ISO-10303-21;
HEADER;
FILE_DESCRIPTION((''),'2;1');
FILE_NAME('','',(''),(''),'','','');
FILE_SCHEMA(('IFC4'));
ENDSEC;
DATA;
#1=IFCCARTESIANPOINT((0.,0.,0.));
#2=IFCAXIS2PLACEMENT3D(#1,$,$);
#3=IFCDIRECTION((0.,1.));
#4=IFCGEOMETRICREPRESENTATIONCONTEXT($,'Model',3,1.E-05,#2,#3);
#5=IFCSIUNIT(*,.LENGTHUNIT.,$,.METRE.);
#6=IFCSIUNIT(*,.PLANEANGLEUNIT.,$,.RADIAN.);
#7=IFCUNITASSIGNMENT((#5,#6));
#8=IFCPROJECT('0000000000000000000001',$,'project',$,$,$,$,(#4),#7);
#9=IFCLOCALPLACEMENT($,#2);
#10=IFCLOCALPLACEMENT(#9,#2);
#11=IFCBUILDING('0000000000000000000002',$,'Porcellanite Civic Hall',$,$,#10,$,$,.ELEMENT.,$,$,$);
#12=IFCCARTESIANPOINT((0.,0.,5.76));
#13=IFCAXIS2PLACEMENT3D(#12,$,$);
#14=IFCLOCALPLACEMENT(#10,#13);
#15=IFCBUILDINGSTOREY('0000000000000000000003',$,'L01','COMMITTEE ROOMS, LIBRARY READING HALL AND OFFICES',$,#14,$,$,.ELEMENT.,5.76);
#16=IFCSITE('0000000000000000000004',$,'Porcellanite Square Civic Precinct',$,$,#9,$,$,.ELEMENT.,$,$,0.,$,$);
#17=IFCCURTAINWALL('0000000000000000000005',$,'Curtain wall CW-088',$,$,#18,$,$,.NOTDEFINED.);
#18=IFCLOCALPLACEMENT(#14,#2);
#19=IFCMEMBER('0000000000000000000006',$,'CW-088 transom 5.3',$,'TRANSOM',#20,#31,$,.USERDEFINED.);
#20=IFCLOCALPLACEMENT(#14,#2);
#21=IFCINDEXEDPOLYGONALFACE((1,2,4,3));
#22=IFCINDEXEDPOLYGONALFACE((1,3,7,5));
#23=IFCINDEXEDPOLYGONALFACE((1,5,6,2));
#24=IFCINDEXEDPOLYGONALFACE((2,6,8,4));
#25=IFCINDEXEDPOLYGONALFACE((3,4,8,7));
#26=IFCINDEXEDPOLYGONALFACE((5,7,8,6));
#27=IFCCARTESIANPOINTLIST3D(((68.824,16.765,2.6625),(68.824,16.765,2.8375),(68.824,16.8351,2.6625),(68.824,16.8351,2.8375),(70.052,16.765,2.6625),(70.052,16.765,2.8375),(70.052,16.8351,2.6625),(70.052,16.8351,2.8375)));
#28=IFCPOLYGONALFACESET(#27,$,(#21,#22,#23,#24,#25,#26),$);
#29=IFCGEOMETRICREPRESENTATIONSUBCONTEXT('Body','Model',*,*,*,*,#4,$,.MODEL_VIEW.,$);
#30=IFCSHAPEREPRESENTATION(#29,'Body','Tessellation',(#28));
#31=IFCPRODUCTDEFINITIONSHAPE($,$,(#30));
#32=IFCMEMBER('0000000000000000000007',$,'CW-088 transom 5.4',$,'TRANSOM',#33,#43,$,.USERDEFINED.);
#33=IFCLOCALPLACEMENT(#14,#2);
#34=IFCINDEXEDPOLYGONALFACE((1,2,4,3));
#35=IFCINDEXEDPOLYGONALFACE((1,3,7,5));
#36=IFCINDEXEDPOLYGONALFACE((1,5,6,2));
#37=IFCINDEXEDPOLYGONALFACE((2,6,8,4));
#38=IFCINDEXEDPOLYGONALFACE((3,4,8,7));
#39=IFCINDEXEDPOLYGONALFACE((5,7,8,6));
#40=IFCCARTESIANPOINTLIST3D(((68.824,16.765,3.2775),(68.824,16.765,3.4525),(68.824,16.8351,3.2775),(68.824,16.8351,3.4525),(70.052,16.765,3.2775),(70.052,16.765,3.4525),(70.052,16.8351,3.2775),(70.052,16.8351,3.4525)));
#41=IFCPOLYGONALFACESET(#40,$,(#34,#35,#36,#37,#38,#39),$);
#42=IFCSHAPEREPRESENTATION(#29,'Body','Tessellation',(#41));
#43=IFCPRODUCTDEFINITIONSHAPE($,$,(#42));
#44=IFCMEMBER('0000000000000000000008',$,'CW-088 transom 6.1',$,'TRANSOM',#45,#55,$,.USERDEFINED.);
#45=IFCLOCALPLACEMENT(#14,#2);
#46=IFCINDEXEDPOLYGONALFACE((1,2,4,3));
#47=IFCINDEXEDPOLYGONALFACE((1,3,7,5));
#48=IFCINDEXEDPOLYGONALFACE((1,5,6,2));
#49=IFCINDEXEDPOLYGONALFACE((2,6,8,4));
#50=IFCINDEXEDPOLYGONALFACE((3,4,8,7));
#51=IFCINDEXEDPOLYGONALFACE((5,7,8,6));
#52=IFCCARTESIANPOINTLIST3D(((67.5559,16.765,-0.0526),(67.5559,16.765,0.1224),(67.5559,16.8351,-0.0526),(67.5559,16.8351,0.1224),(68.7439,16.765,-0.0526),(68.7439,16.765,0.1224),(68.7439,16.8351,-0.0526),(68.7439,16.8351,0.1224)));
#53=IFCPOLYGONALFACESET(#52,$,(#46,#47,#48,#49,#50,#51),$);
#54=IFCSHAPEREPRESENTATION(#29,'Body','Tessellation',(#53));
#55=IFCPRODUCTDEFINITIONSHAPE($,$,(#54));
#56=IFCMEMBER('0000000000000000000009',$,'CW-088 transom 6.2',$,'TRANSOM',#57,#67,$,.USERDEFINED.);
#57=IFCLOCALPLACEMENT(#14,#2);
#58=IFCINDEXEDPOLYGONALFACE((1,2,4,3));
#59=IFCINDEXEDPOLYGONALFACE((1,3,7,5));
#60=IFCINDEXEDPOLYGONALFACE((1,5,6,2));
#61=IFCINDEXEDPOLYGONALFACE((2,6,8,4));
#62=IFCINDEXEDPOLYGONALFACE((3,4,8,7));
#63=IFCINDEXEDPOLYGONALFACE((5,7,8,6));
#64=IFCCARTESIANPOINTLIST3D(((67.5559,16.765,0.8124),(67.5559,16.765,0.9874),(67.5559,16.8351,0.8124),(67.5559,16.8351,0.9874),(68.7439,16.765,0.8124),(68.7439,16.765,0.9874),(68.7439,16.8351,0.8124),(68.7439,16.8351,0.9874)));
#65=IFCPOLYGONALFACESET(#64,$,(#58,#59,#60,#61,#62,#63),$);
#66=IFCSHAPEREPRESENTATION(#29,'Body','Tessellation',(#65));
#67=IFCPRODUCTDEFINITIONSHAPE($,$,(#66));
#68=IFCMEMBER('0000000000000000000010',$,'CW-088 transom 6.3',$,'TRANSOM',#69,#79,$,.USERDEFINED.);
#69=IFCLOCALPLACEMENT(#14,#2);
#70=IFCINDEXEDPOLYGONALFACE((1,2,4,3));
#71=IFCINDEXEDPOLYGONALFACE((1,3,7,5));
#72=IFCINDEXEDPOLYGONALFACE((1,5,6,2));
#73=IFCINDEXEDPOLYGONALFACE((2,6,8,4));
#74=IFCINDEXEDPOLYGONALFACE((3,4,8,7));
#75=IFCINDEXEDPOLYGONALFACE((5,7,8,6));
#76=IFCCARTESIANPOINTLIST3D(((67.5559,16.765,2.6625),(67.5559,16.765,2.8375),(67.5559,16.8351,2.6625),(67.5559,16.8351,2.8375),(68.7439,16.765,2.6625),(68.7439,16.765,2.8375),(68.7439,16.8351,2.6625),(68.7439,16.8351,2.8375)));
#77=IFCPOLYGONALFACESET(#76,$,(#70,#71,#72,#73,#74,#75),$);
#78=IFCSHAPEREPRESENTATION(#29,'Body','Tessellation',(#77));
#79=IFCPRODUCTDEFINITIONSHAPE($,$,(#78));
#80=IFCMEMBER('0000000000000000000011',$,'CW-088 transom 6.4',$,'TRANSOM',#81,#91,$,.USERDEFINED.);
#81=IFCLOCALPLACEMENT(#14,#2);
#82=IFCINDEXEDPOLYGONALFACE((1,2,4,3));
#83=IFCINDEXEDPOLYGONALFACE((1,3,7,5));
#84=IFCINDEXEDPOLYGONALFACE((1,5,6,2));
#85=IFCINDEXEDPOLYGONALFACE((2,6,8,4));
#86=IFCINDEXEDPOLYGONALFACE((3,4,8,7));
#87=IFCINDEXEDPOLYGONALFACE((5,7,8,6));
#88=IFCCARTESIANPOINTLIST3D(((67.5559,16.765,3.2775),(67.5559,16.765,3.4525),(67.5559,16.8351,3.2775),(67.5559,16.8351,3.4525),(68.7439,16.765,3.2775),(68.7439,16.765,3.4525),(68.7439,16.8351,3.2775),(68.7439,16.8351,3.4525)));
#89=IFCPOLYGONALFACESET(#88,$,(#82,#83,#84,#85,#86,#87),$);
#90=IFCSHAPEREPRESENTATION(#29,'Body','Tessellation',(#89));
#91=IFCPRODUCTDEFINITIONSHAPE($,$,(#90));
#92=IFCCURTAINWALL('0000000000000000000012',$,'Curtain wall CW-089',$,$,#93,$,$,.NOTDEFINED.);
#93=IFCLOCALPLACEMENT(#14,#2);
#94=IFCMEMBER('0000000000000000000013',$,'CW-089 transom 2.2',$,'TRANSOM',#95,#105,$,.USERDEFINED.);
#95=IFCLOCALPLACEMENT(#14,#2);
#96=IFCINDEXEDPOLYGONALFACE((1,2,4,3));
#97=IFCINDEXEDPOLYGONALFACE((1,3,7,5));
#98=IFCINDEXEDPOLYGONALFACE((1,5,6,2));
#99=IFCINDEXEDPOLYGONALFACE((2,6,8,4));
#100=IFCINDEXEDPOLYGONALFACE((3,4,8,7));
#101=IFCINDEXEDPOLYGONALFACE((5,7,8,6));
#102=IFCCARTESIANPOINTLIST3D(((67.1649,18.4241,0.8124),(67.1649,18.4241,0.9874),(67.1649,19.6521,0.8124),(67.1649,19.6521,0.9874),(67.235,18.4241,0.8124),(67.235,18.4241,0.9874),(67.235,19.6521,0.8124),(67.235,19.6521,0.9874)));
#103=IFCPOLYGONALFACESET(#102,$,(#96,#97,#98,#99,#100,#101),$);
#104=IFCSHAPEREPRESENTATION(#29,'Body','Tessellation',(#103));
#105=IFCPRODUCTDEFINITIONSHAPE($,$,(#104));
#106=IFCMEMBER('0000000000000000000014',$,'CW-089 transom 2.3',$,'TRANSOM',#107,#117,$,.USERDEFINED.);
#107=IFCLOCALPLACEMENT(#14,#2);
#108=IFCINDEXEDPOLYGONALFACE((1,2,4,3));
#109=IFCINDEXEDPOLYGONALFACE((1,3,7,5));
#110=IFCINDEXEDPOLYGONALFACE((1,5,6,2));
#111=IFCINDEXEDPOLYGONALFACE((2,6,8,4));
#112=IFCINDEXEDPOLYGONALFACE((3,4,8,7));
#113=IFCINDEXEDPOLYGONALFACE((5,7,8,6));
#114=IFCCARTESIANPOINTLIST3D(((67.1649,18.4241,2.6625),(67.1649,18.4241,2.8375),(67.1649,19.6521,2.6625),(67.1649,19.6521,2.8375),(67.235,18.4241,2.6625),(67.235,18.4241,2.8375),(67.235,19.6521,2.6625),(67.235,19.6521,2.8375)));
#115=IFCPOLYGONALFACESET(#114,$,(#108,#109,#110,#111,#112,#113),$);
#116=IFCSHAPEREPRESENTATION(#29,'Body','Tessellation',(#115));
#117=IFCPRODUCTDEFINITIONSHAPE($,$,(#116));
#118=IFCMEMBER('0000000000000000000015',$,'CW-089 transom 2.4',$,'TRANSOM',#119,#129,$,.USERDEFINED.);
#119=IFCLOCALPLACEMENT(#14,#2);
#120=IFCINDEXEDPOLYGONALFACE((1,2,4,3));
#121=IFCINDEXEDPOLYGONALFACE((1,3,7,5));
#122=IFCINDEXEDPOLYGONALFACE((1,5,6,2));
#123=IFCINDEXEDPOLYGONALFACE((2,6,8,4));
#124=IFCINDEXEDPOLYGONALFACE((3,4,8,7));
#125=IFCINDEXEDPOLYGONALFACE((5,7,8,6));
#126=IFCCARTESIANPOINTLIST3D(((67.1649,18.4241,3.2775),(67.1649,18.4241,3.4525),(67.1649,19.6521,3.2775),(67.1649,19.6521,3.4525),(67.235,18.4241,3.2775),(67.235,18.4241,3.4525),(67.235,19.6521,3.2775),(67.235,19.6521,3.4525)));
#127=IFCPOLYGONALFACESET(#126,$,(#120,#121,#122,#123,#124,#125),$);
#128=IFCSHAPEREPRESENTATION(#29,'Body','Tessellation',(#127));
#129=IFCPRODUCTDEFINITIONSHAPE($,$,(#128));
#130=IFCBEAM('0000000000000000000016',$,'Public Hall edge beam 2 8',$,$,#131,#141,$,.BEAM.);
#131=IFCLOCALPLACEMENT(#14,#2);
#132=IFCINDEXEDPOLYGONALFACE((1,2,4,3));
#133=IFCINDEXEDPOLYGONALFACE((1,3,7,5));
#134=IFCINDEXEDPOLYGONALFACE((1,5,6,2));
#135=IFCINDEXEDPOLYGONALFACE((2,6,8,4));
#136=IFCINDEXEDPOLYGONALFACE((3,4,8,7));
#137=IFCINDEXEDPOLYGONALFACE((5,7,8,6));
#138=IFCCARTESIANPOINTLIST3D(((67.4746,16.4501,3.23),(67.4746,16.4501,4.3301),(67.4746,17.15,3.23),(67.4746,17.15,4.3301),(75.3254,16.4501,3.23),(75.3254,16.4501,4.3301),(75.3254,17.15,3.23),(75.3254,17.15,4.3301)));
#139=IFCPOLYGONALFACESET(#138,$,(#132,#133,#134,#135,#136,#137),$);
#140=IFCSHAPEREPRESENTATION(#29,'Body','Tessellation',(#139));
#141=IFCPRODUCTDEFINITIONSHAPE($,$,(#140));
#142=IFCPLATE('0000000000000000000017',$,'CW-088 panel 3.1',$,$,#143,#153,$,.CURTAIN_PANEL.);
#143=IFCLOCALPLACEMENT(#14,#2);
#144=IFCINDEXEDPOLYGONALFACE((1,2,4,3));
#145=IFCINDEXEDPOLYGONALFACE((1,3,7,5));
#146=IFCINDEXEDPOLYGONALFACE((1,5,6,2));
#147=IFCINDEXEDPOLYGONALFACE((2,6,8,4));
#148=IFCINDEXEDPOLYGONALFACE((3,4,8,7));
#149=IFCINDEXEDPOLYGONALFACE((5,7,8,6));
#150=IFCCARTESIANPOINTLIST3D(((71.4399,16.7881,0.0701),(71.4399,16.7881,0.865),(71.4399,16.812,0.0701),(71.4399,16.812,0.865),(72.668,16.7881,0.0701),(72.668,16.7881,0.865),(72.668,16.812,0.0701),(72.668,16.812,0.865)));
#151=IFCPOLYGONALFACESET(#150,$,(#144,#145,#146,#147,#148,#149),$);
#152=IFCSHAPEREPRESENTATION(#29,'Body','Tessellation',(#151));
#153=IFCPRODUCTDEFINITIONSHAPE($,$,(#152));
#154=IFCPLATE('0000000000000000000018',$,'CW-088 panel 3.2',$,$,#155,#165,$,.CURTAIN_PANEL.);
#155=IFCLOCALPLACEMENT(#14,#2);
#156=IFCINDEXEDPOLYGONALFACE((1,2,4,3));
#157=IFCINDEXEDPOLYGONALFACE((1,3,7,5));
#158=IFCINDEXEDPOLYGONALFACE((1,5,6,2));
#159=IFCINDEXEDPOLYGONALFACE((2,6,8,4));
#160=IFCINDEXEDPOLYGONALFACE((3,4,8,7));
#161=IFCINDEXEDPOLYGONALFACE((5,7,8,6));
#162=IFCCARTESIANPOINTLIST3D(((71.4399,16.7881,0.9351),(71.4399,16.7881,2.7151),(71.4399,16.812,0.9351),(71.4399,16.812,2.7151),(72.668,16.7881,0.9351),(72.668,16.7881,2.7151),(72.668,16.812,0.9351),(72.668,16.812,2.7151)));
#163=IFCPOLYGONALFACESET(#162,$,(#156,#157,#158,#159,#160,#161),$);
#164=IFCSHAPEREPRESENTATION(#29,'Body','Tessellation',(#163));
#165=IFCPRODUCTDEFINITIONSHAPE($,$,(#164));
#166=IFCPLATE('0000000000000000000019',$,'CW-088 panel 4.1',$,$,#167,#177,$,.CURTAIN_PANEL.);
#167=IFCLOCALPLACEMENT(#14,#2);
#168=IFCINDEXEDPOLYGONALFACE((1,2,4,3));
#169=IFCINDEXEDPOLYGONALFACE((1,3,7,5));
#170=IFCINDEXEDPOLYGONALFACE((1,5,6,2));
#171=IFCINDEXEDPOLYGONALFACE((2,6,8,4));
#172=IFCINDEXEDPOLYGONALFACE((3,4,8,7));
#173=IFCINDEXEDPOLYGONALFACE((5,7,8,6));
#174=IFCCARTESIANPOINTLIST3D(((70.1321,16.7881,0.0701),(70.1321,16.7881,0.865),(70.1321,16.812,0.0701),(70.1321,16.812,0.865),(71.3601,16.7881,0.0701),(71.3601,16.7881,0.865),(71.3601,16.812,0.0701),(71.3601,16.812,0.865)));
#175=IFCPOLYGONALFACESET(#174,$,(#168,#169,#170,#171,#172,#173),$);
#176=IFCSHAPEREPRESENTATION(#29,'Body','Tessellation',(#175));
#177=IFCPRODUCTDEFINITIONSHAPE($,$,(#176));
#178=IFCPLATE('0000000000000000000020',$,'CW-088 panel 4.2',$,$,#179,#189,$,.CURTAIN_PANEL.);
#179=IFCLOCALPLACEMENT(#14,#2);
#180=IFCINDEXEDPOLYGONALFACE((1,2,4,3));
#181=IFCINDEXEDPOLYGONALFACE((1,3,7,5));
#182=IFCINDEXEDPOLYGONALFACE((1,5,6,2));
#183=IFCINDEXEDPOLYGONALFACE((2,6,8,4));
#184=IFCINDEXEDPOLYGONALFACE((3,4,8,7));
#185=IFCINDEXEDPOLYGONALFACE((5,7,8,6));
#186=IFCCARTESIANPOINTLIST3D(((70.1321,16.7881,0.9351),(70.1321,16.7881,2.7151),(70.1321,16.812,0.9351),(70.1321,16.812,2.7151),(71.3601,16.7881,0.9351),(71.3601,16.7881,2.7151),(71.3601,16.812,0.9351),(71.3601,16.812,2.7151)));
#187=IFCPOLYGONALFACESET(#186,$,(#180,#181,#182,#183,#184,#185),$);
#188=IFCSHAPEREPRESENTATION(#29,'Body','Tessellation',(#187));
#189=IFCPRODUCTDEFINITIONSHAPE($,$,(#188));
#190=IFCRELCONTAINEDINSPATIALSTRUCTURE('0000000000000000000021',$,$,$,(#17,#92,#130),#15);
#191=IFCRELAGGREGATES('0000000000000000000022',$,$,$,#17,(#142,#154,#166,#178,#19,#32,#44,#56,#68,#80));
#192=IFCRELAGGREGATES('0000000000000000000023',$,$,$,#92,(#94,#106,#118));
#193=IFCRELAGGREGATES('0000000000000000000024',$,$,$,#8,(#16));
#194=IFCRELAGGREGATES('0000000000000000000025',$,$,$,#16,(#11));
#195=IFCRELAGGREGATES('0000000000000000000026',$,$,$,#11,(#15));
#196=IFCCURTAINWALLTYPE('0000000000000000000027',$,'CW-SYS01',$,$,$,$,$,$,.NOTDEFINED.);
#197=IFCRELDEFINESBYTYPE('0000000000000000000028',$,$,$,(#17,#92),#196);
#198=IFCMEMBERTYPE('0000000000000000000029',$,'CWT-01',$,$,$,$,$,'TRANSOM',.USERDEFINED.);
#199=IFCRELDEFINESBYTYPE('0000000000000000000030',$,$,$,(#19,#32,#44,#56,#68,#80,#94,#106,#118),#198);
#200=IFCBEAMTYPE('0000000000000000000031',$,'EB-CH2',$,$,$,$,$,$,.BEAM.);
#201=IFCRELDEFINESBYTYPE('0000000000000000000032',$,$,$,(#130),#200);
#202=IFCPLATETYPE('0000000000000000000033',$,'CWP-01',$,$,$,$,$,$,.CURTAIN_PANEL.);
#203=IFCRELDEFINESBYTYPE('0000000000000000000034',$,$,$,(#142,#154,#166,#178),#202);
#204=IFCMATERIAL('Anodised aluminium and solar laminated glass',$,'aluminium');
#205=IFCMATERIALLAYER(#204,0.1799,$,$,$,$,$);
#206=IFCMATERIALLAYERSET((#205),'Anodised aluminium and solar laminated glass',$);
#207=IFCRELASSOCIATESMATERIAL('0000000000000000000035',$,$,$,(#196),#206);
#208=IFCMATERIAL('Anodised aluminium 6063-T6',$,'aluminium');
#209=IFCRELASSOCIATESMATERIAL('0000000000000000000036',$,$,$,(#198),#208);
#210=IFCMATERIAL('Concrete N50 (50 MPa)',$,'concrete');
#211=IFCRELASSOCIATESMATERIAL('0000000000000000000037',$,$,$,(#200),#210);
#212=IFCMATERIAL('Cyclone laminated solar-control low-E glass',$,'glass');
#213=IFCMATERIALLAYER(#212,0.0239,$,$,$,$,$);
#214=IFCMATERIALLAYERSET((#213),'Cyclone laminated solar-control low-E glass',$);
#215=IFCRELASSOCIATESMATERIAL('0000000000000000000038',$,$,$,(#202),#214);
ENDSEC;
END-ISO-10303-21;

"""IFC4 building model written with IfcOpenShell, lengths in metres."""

from ifc_helpers import new_model, si_unit, direction, frame, origin, origin_2d, place, context, subcontext, project, spatial, rectangle, extrude, material, layer, layer_set, material_profile, profile_set, type_object, element, aggregate, save


model = new_model("IFC4")

# Units and contexts
model_context = context("Model", 3, precision=1e-05, world=origin(), true_north=direction((0.0, 1.0)))
body_context = subcontext(model_context, "Body", "Model", "MODEL_VIEW")
ifc_project = project(units=[si_unit("LENGTHUNIT", "METRE"), si_unit("PLANEANGLEUNIT", "RADIAN")], contexts=[model_context])

# Site, building, storey
site_placement = place(None, origin())
site = spatial("IfcSite", under=ifc_project, at=site_placement, Name="Porcellanite Square Civic Precinct", CompositionType="ELEMENT", RefElevation=0.0)
building_placement = place(site_placement, origin())
building = spatial("IfcBuilding", under=site, at=building_placement, Name="Porcellanite Civic Hall", CompositionType="ELEMENT")
storey_placement = place(building_placement, frame((0.0, 0.0, 5.76)))
storey = spatial("IfcBuildingStorey", under=building, at=storey_placement, Name="L01", Description="COMMITTEE ROOMS, LIBRARY READING HALL AND OFFICES", CompositionType="ELEMENT", Elevation=5.76)

# Curtain walls, members
ifc_material_1 = material(Name="Anodised aluminium and solar laminated glass", Category="aluminium")
ifc_layer_1 = layer(ifc_material_1, 0.1799)
ifc_layer_set_1 = layer_set([ifc_layer_1], Name="Anodised aluminium and solar laminated glass")
curtain_wall_type = type_object("IfcCurtainWallType", Name="CW-SYS01", PredefinedType="NOTDEFINED", material=ifc_layer_set_1)
curtain_wall_1_placement = place(storey_placement, origin())
curtain_wall_1 = element("IfcCurtainWall", 1, at=curtain_wall_1_placement, inside=storey, type_object=curtain_wall_type, Name="Curtain wall CW-088", PredefinedType="NOTDEFINED")
ifc_material_2 = material(Name="Anodised aluminium 6063-T6", Category="aluminium")
ifc_material_profile_1 = material_profile(ifc_material_2, rectangle(XDim=0.0701, YDim=0.175, at=origin_2d()), Name="AL-70x175")
ifc_profile_set_1 = profile_set([ifc_material_profile_1], Name="Anodised aluminium 6063-T6")
member_type_1 = type_object("IfcMemberType", Name="CWT-01", ElementType="TRANSOM", PredefinedType="USERDEFINED", material=ifc_profile_set_1)
member_1_placement = place(storey_placement, frame((70.052, 16.8, 2.75), z_axis=(-1.0, 0.0, 0.0), x_axis=(0.0, -1.0, 0.0)))
member_1 = element("IfcMember", 2, at=member_1_placement, type_object=member_type_1, Name="CW-088 transom 5.3", ObjectType="TRANSOM", PredefinedType="USERDEFINED", context=body_context, shape_type="SweptSolid", body=[
    extrude(rectangle(XDim=0.0701, YDim=0.175, at=origin_2d()), origin(), (0.0, 0.0, 1.0), 1.228),
])
member_2_placement = place(storey_placement, frame((70.052, 16.8, 3.365), z_axis=(-1.0, 0.0, 0.0), x_axis=(0.0, -1.0, 0.0)))
member_2 = element("IfcMember", 3, at=member_2_placement, type_object=member_type_1, Name="CW-088 transom 5.4", ObjectType="TRANSOM", PredefinedType="USERDEFINED", context=body_context, shape_type="SweptSolid", body=[
    extrude(rectangle(XDim=0.0701, YDim=0.175, at=origin_2d()), origin(), (0.0, 0.0, 1.0), 1.228),
])
member_3_placement = place(storey_placement, frame((68.7439, 16.8, 0.0349), z_axis=(-1.0, 0.0, 0.0), x_axis=(0.0, -1.0, 0.0)))
member_3 = element("IfcMember", 4, at=member_3_placement, type_object=member_type_1, Name="CW-088 transom 6.1", ObjectType="TRANSOM", PredefinedType="USERDEFINED", context=body_context, shape_type="SweptSolid", body=[
    extrude(rectangle(XDim=0.0701, YDim=0.175, at=origin_2d()), origin(), (0.0, 0.0, 1.0), 1.188),
])
member_4_placement = place(storey_placement, frame((68.7439, 16.8, 0.8999), z_axis=(-1.0, 0.0, 0.0), x_axis=(0.0, -1.0, 0.0)))
member_4 = element("IfcMember", 5, at=member_4_placement, type_object=member_type_1, Name="CW-088 transom 6.2", ObjectType="TRANSOM", PredefinedType="USERDEFINED", context=body_context, shape_type="SweptSolid", body=[
    extrude(rectangle(XDim=0.0701, YDim=0.175, at=origin_2d()), origin(), (0.0, 0.0, 1.0), 1.188),
])
member_5_placement = place(storey_placement, frame((68.7439, 16.8, 2.75), z_axis=(-1.0, 0.0, 0.0), x_axis=(0.0, -1.0, 0.0)))
member_5 = element("IfcMember", 6, at=member_5_placement, type_object=member_type_1, Name="CW-088 transom 6.3", ObjectType="TRANSOM", PredefinedType="USERDEFINED", context=body_context, shape_type="SweptSolid", body=[
    extrude(rectangle(XDim=0.0701, YDim=0.175, at=origin_2d()), origin(), (0.0, 0.0, 1.0), 1.188),
])
member_6_placement = place(storey_placement, frame((68.7439, 16.8, 3.365), z_axis=(-1.0, 0.0, 0.0), x_axis=(0.0, -1.0, 0.0)))
member_6 = element("IfcMember", 7, at=member_6_placement, type_object=member_type_1, Name="CW-088 transom 6.4", ObjectType="TRANSOM", PredefinedType="USERDEFINED", context=body_context, shape_type="SweptSolid", body=[
    extrude(rectangle(XDim=0.0701, YDim=0.175, at=origin_2d()), origin(), (0.0, 0.0, 1.0), 1.188),
])
curtain_wall_2_placement = place(storey_placement, origin())
curtain_wall_2 = element("IfcCurtainWall", 8, at=curtain_wall_2_placement, inside=storey, type_object=curtain_wall_type, Name="Curtain wall CW-089", PredefinedType="NOTDEFINED")
member_7_placement = place(storey_placement, frame((67.2, 18.4241, 0.8999), z_axis=(0.0, 1.0, 0.0), x_axis=(-1.0, 0.0, 0.0)))
member_7 = element("IfcMember", 9, at=member_7_placement, type_object=member_type_1, Name="CW-089 transom 2.2", ObjectType="TRANSOM", PredefinedType="USERDEFINED", context=body_context, shape_type="SweptSolid", body=[
    extrude(rectangle(XDim=0.0701, YDim=0.175, at=origin_2d()), origin(), (0.0, 0.0, 1.0), 1.228),
])
member_8_placement = place(storey_placement, frame((67.2, 18.4241, 2.75), z_axis=(0.0, 1.0, 0.0), x_axis=(-1.0, 0.0, 0.0)))
member_8 = element("IfcMember", 10, at=member_8_placement, type_object=member_type_1, Name="CW-089 transom 2.3", ObjectType="TRANSOM", PredefinedType="USERDEFINED", context=body_context, shape_type="SweptSolid", body=[
    extrude(rectangle(XDim=0.0701, YDim=0.175, at=origin_2d()), origin(), (0.0, 0.0, 1.0), 1.228),
])
member_9_placement = place(storey_placement, frame((67.2, 18.4241, 3.365), z_axis=(0.0, 1.0, 0.0), x_axis=(-1.0, 0.0, 0.0)))
member_9 = element("IfcMember", 11, at=member_9_placement, type_object=member_type_1, Name="CW-089 transom 2.4", ObjectType="TRANSOM", PredefinedType="USERDEFINED", context=body_context, shape_type="SweptSolid", body=[
    extrude(rectangle(XDim=0.0701, YDim=0.175, at=origin_2d()), origin(), (0.0, 0.0, 1.0), 1.228),
])

# Beam
ifc_material_3 = material(Name="Concrete N50 (50 MPa)", Category="concrete")
ifc_material_profile_2 = material_profile(ifc_material_3, rectangle(XDim=0.7, YDim=1.1001, at=origin_2d()), Name="RC-700x1100")
ifc_profile_set_2 = profile_set([ifc_material_profile_2], Name="Concrete N50 (50 MPa)")
beam_type = type_object("IfcBeamType", Name="EB-CH2", PredefinedType="BEAM", material=ifc_profile_set_2)
beam_placement = place(storey_placement, frame((67.4746, 16.8, 3.78), z_axis=(1.0, 0.0, 0.0), x_axis=(0.0, 1.0, 0.0)))
element("IfcBeam", 12, at=beam_placement, inside=storey, type_object=beam_type, Name="Public Hall edge beam 2 8", PredefinedType="BEAM", context=body_context, shape_type="SweptSolid", body=[
    extrude(rectangle(XDim=0.7, YDim=1.1001, at=origin_2d()), origin(), (0.0, 0.0, 1.0), 7.8508),
])

# Plates
ifc_material_4 = material(Name="Cyclone laminated solar-control low-E glass", Category="glass")
ifc_layer_2 = layer(ifc_material_4, 0.0239)
ifc_layer_set_2 = layer_set([ifc_layer_2], Name="Cyclone laminated solar-control low-E glass")
plate_type = type_object("IfcPlateType", Name="CWP-01", PredefinedType="CURTAIN_PANEL", material=ifc_layer_set_2)
plate_1_placement = place(storey_placement, frame((72.054, 16.8, 0.0701), z_axis=(0.0, 0.0, 1.0), x_axis=(-1.0, 0.0, 0.0)))
plate_1 = element("IfcPlate", 13, at=plate_1_placement, type_object=plate_type, Name="CW-088 panel 3.1", PredefinedType="CURTAIN_PANEL", context=body_context, shape_type="SweptSolid", body=[
    extrude(rectangle(XDim=1.228, YDim=0.0239, at=origin_2d()), origin(), (0.0, 0.0, 1.0), 0.7949),
])
plate_2_placement = place(storey_placement, frame((72.054, 16.8, 0.9351), z_axis=(0.0, 0.0, 1.0), x_axis=(-1.0, 0.0, 0.0)))
plate_2 = element("IfcPlate", 14, at=plate_2_placement, type_object=plate_type, Name="CW-088 panel 3.2", PredefinedType="CURTAIN_PANEL", context=body_context, shape_type="SweptSolid", body=[
    extrude(rectangle(XDim=1.228, YDim=0.0239, at=origin_2d()), origin(), (0.0, 0.0, 1.0), 1.78),
])
plate_3_placement = place(storey_placement, frame((70.7461, 16.8, 0.0701), z_axis=(0.0, 0.0, 1.0), x_axis=(-1.0, 0.0, 0.0)))
plate_3 = element("IfcPlate", 15, at=plate_3_placement, type_object=plate_type, Name="CW-088 panel 4.1", PredefinedType="CURTAIN_PANEL", context=body_context, shape_type="SweptSolid", body=[
    extrude(rectangle(XDim=1.228, YDim=0.0239, at=origin_2d()), origin(), (0.0, 0.0, 1.0), 0.7949),
])
plate_4_placement = place(storey_placement, frame((70.7461, 16.8, 0.9351), z_axis=(0.0, 0.0, 1.0), x_axis=(-1.0, 0.0, 0.0)))
plate_4 = element("IfcPlate", 16, at=plate_4_placement, type_object=plate_type, Name="CW-088 panel 4.2", PredefinedType="CURTAIN_PANEL", context=body_context, shape_type="SweptSolid", body=[
    extrude(rectangle(XDim=1.228, YDim=0.0239, at=origin_2d()), origin(), (0.0, 0.0, 1.0), 1.78),
])
aggregate(curtain_wall_1, [plate_1, plate_2, plate_3, plate_4, member_1, member_2, member_3, member_4, member_5, member_6])
aggregate(curtain_wall_2, [member_7, member_8, member_9])

save(model, "model.ifc")
